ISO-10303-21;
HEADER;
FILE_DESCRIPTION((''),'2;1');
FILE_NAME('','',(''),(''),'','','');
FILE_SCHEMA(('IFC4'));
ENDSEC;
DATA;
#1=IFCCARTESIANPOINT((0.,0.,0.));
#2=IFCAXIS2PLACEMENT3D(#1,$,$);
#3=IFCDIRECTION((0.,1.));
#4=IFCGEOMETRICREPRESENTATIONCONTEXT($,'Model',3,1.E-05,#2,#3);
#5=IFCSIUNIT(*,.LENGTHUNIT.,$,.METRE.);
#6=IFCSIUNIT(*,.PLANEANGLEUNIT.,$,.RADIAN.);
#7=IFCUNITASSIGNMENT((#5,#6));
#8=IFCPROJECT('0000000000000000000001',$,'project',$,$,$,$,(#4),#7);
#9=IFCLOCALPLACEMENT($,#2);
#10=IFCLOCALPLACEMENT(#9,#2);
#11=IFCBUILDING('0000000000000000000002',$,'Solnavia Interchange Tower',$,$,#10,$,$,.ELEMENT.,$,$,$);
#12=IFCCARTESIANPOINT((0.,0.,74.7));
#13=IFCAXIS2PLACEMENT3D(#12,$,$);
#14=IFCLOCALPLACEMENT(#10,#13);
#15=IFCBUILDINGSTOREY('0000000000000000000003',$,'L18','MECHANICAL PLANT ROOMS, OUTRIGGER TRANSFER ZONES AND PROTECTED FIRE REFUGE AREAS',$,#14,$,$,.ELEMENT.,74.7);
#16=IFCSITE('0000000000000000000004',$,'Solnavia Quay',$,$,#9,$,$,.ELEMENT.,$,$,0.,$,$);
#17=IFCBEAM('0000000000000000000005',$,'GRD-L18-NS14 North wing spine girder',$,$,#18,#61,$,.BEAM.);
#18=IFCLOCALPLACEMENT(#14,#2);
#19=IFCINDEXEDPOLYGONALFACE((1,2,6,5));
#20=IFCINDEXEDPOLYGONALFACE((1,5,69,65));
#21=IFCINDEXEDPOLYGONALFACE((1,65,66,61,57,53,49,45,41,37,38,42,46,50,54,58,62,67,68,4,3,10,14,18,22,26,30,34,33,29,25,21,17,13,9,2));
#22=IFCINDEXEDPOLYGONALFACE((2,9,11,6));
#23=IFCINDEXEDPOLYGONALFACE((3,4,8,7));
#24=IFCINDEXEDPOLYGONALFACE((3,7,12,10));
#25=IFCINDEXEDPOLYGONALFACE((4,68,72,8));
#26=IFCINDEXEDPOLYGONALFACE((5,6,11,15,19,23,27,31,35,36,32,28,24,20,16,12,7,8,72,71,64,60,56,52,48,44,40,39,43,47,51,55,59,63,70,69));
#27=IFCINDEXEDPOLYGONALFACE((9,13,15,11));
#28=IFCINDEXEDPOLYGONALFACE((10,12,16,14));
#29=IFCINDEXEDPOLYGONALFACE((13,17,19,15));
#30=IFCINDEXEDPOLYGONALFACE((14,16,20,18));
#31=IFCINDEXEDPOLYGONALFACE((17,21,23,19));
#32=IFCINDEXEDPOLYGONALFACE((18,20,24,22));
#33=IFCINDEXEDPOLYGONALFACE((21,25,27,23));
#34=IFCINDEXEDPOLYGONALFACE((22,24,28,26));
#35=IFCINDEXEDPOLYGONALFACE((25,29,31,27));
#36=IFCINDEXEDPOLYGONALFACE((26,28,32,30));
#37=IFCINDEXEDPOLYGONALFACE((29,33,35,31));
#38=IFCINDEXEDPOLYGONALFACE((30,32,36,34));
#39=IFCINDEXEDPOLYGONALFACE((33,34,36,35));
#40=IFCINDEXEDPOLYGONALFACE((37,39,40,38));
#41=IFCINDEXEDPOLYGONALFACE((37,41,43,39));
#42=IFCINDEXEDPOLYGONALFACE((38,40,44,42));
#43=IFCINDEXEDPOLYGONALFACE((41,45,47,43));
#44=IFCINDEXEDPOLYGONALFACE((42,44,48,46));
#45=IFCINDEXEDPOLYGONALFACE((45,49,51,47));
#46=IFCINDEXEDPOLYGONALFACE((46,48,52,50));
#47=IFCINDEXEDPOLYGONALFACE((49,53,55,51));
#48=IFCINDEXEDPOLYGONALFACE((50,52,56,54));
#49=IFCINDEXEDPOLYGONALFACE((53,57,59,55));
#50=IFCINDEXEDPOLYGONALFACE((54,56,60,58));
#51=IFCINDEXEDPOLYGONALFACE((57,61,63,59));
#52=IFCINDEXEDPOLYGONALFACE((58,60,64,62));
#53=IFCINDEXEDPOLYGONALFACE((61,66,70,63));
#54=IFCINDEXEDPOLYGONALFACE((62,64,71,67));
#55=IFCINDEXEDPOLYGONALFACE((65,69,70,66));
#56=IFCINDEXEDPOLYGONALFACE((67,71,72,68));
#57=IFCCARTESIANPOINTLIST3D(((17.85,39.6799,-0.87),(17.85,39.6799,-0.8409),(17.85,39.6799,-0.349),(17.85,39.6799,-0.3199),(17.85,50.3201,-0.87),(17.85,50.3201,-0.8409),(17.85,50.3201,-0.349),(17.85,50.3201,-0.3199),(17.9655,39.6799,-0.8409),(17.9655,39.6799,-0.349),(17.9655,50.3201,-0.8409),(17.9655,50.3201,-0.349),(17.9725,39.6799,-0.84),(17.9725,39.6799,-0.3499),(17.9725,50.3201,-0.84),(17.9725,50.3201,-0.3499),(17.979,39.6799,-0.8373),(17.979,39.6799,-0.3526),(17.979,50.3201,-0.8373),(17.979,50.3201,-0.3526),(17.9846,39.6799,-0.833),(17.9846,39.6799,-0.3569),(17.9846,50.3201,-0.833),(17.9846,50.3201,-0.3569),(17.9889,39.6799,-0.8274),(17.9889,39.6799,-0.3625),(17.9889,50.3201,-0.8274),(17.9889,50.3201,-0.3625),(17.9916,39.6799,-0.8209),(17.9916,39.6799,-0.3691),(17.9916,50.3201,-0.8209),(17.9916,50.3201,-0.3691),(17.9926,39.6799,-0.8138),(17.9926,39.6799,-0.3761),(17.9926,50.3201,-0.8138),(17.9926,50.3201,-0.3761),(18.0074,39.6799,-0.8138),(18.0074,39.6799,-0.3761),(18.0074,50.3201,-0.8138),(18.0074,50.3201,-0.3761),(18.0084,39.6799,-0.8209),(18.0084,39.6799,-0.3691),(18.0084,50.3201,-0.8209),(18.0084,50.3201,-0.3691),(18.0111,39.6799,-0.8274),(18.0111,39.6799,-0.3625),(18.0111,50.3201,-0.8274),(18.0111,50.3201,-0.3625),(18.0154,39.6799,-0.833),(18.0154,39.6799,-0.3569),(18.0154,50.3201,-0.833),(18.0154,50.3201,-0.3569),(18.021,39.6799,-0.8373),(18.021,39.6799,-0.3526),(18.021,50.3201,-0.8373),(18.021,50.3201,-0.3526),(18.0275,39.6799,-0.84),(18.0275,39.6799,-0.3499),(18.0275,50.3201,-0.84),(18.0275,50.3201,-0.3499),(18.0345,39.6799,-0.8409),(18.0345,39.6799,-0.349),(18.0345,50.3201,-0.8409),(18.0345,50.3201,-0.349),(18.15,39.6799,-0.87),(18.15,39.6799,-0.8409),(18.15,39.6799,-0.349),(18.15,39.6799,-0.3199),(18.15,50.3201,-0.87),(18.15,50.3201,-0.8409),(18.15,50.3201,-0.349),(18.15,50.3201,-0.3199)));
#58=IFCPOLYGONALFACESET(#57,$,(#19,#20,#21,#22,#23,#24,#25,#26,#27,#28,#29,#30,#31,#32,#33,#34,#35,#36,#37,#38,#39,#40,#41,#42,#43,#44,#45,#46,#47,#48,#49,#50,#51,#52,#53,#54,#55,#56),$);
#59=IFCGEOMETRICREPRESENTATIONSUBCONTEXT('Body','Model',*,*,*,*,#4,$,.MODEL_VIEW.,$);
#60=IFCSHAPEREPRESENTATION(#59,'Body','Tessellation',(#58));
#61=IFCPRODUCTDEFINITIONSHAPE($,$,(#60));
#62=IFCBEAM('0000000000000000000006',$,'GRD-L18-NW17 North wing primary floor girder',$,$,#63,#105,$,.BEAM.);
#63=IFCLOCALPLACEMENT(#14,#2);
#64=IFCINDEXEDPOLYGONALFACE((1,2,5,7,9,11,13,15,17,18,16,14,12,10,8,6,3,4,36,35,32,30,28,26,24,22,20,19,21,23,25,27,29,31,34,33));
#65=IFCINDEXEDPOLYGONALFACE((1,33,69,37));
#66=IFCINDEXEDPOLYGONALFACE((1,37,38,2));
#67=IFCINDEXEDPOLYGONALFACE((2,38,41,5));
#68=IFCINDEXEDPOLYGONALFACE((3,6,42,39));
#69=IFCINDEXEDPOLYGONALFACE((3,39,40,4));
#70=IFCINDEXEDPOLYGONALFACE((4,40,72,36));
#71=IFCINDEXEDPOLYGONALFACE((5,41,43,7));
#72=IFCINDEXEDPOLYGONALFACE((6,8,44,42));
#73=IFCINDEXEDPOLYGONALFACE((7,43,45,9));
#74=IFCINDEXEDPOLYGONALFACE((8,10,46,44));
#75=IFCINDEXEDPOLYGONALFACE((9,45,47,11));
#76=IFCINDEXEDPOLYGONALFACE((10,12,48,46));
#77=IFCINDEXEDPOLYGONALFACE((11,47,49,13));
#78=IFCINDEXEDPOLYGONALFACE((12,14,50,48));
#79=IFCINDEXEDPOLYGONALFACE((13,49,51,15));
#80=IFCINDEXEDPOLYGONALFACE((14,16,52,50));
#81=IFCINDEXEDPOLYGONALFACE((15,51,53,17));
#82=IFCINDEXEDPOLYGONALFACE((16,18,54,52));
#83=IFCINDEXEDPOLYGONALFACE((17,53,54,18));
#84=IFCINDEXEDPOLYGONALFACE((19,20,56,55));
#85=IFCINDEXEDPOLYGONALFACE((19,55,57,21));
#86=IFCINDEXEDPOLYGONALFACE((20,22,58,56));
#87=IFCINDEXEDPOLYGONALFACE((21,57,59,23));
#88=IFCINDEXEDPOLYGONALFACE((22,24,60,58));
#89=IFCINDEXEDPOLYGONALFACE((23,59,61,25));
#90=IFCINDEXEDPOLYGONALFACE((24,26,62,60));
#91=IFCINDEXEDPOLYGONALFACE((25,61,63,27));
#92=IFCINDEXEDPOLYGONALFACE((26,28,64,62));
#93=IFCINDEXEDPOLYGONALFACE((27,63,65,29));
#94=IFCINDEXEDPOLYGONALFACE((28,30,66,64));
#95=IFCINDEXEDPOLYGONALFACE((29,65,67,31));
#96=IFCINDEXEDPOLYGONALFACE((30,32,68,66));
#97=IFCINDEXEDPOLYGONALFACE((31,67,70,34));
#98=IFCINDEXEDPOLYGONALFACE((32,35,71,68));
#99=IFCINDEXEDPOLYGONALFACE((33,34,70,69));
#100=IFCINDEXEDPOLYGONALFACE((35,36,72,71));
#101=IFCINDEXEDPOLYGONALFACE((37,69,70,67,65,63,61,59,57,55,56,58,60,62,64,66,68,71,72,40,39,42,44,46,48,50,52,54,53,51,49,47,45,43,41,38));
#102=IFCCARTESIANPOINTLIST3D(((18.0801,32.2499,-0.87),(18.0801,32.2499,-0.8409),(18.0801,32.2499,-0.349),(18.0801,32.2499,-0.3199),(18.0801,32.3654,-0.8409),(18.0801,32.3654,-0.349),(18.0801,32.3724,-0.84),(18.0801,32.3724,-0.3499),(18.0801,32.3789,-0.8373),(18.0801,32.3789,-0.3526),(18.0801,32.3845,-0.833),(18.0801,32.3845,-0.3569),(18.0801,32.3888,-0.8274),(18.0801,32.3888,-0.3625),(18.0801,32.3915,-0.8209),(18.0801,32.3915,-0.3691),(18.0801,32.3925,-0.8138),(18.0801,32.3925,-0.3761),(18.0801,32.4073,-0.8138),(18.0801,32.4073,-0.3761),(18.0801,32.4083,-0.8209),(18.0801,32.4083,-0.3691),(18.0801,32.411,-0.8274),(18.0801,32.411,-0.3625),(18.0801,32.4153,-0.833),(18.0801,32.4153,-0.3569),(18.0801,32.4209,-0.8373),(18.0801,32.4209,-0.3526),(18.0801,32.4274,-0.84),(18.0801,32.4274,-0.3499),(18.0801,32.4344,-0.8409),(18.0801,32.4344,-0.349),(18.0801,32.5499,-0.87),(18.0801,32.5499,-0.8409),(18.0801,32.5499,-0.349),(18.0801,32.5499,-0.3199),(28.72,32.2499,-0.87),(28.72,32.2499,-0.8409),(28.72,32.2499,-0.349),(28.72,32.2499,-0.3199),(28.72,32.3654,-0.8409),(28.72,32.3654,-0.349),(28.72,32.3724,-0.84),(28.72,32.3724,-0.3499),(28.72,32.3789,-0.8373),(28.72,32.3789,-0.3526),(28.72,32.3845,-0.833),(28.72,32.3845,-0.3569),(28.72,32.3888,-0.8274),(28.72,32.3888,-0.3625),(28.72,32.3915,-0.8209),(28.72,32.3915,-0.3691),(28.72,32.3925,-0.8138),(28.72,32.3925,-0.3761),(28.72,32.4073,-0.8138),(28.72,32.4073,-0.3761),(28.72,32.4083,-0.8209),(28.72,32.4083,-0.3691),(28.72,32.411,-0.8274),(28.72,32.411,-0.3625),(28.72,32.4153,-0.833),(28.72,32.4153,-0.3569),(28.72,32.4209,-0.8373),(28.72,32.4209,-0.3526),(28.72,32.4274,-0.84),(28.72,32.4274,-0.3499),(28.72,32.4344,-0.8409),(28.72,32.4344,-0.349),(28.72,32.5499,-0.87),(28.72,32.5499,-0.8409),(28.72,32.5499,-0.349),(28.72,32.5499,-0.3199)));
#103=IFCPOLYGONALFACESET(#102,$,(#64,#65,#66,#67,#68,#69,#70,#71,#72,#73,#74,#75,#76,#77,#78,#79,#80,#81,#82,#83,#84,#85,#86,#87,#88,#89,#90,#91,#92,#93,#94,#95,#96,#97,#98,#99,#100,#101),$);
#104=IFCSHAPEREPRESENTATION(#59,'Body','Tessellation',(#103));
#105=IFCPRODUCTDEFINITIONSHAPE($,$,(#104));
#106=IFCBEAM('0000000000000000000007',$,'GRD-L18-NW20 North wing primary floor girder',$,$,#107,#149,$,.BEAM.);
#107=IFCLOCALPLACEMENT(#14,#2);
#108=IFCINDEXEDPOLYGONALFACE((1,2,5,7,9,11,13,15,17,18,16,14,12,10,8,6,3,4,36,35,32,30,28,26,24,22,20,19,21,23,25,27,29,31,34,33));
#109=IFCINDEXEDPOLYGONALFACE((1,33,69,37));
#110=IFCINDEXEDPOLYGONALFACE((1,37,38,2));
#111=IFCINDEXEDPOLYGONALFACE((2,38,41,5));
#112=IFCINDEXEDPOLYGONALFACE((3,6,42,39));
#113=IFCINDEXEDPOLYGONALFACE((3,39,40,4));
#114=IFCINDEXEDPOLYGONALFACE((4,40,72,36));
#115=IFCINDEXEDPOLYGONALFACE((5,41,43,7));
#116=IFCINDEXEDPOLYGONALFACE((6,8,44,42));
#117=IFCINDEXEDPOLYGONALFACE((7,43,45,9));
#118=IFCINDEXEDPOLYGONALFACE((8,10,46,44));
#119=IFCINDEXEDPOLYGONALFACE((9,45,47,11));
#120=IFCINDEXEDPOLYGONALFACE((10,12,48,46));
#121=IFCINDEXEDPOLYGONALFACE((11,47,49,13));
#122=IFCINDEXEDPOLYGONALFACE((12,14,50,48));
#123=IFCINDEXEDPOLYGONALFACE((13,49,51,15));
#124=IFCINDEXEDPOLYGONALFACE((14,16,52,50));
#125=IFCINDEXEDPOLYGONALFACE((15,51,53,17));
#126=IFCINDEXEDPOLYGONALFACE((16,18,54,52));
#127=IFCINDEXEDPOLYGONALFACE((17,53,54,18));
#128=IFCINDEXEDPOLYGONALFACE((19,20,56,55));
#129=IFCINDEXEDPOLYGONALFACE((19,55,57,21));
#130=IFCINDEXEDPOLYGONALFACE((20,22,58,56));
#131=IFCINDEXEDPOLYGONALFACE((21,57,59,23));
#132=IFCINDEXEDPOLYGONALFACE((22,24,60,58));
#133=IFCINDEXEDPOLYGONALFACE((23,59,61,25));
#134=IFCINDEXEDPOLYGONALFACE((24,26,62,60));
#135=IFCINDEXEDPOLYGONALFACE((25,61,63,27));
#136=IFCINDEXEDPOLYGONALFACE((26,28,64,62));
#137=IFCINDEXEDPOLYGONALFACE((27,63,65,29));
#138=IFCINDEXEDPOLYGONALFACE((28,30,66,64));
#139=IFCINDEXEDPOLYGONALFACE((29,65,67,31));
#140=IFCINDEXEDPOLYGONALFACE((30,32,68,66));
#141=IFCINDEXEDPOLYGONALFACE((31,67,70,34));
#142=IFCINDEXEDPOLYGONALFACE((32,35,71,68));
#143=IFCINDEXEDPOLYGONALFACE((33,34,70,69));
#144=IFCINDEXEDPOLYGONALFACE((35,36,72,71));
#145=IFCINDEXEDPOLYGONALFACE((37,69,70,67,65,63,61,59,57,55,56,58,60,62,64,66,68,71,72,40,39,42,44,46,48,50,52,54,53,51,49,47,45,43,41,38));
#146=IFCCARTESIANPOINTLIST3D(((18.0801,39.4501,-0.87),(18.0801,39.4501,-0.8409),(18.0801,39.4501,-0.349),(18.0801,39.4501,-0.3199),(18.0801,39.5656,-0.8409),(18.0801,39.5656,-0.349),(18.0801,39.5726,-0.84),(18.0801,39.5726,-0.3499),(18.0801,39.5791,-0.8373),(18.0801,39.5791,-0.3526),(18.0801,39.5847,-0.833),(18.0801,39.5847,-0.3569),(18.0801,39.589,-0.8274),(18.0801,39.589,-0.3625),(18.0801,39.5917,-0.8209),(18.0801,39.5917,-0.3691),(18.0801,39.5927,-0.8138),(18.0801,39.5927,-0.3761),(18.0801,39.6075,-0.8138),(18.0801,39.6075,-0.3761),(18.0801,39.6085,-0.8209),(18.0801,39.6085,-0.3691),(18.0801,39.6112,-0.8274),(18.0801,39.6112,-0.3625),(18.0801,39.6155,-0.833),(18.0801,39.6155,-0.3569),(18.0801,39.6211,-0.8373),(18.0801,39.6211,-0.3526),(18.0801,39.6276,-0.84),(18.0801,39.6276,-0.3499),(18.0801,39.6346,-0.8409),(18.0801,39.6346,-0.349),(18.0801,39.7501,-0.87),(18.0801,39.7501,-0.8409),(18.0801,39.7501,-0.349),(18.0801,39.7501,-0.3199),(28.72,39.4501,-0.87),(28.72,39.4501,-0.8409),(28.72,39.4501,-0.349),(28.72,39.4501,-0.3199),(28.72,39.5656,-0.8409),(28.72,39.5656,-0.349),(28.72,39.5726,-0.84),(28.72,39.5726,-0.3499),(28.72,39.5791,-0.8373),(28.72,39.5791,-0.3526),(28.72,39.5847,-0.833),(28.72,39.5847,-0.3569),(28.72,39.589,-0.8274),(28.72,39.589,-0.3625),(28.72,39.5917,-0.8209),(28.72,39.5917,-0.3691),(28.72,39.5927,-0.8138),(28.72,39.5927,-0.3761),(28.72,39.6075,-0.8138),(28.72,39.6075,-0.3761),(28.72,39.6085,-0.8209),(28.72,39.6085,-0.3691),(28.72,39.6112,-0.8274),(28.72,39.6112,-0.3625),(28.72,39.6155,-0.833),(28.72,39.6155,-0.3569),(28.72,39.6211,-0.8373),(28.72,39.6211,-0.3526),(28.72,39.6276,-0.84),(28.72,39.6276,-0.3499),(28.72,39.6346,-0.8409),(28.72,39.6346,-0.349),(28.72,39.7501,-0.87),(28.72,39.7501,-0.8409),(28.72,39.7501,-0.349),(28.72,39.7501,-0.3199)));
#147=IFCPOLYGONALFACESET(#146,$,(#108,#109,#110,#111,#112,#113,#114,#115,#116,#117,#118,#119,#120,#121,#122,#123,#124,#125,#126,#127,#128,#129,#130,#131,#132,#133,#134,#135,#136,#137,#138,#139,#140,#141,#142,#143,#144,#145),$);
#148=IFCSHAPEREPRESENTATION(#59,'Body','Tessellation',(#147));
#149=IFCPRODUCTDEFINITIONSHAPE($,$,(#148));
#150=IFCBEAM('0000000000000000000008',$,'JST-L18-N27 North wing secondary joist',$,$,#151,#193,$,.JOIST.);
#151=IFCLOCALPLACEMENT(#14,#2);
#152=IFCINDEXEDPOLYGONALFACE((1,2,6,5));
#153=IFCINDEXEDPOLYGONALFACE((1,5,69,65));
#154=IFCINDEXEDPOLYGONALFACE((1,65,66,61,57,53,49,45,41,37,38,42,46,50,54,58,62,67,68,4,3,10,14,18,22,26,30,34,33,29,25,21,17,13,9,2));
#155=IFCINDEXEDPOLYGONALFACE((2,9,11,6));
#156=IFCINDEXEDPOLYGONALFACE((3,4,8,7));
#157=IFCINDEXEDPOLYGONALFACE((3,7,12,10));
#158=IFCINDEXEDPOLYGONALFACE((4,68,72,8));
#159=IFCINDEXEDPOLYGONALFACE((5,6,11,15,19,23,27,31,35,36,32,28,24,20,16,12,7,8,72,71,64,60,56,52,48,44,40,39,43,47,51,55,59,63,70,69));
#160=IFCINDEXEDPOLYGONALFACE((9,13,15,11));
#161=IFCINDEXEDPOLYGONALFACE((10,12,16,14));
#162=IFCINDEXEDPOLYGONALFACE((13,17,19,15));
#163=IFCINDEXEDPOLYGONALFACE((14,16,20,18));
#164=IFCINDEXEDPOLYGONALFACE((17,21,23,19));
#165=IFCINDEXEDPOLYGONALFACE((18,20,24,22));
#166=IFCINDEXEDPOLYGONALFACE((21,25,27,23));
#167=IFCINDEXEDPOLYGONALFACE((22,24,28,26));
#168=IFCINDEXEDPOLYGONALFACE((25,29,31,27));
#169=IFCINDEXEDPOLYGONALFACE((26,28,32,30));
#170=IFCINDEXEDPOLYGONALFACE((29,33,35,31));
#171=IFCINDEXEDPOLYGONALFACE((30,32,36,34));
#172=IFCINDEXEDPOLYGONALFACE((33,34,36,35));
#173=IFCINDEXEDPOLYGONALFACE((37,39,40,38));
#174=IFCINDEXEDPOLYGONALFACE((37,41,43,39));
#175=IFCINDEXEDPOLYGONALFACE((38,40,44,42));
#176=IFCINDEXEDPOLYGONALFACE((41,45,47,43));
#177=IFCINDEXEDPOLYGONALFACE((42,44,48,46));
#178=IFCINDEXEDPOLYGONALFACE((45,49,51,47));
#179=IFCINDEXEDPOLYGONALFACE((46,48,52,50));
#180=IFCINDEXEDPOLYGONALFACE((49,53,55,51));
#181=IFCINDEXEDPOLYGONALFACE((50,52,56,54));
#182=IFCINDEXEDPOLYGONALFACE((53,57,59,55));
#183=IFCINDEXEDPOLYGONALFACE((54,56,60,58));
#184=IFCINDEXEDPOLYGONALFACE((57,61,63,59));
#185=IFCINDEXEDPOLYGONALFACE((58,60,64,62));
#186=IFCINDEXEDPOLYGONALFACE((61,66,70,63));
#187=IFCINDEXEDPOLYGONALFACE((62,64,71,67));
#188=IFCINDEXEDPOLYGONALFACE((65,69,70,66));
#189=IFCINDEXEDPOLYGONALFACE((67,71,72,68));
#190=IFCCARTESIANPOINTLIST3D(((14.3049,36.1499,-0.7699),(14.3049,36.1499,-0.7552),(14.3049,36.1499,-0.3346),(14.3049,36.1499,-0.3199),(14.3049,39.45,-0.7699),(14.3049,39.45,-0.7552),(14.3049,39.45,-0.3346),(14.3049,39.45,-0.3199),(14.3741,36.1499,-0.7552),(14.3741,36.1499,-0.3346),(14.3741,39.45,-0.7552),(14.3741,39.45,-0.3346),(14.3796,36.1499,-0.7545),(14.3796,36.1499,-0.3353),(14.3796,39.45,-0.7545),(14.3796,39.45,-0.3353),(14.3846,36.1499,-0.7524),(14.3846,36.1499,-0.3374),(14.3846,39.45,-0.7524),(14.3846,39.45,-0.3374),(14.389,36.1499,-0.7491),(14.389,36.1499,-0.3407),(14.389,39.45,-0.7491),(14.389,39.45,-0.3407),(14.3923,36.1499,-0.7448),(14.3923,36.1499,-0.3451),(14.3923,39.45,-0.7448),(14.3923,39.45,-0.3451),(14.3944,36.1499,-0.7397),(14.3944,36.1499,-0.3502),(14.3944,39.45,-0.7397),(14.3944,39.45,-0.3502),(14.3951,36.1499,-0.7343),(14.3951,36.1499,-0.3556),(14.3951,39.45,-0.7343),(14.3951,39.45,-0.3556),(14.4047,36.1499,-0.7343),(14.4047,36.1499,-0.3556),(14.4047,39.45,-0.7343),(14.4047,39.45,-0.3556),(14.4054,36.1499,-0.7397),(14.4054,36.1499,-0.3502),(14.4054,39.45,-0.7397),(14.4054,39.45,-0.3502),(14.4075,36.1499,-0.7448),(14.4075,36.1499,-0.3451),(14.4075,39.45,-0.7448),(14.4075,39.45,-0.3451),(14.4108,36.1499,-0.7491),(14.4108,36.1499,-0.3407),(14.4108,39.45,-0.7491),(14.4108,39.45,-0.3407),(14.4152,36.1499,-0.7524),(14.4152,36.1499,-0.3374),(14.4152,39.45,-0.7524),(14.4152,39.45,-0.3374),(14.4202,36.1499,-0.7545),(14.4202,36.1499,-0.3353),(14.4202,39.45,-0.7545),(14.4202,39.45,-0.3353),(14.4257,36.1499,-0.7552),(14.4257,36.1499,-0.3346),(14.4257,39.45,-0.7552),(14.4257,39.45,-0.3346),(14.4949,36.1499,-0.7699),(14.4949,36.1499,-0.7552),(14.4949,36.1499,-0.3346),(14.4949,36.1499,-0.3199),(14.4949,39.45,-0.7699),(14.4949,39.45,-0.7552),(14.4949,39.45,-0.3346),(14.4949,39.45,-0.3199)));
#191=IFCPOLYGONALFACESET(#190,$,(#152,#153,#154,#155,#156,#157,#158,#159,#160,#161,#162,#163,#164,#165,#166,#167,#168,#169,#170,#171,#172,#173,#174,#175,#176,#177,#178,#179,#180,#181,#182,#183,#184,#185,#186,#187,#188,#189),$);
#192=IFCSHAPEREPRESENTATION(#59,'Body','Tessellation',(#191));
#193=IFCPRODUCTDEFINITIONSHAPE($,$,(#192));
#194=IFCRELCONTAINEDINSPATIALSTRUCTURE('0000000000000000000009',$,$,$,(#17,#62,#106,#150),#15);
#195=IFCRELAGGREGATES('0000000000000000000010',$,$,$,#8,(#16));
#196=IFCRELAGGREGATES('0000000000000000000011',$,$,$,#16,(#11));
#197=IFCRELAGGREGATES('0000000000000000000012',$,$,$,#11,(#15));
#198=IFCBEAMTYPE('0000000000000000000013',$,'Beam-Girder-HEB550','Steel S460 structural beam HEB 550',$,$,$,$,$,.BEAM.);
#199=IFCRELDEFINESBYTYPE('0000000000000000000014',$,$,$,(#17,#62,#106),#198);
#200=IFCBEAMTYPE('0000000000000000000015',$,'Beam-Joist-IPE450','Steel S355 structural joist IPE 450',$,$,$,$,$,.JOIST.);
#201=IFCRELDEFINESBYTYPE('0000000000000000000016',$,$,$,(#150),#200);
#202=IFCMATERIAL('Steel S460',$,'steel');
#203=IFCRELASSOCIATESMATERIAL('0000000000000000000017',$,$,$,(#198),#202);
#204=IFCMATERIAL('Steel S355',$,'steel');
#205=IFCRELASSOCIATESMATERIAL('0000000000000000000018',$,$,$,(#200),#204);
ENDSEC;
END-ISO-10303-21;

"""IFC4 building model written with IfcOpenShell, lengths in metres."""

from ifc_helpers import new_model, si_unit, direction, frame, origin, origin_2d, place, context, subcontext, project, spatial, i_section, extrude, material, material_profile, profile_set, type_object, element, save


model = new_model("IFC4")

# Units and contexts
model_context = context("Model", 3, precision=1e-05, world=origin(), true_north=direction((0.0, 1.0)))
body_context = subcontext(model_context, "Body", "Model", "MODEL_VIEW")
ifc_project = project(units=[si_unit("LENGTHUNIT", "METRE"), si_unit("PLANEANGLEUNIT", "RADIAN")], contexts=[model_context])

# Site, building, storey
site_placement = place(None, origin())
site = spatial("IfcSite", under=ifc_project, at=site_placement, Name="Solnavia Quay", CompositionType="ELEMENT", RefElevation=0.0)
building_placement = place(site_placement, origin())
building = spatial("IfcBuilding", under=site, at=building_placement, Name="Solnavia Interchange Tower", CompositionType="ELEMENT")
storey_placement = place(building_placement, frame((0.0, 0.0, 74.7)))
storey = spatial("IfcBuildingStorey", under=building, at=storey_placement, Name="L18", Description="MECHANICAL PLANT ROOMS, OUTRIGGER TRANSFER ZONES AND PROTECTED FIRE REFUGE AREAS", CompositionType="ELEMENT", Elevation=74.7)

# Shared definitions
ifc_material_1 = material(Name="Steel S355", Category="steel")

# Beams
ifc_material_2 = material(Name="Steel S460", Category="steel")
ifc_material_profile_1 = material_profile(ifc_material_2, i_section(OverallWidth=0.3, OverallDepth=0.55, WebThickness=0.0149, FlangeThickness=0.0291, FilletRadius=0.0271, at=origin_2d()), Name="HEB 550")
ifc_profile_set_1 = profile_set([ifc_material_profile_1], Name="Steel S460")
beam_type_1 = type_object("IfcBeamType", Name="Beam-Girder-HEB550", Description="Steel S460 structural beam HEB 550", PredefinedType="BEAM", material=ifc_profile_set_1)
beam_1_placement = place(storey_placement, frame((18.0, 39.6799, -0.595), z_axis=(0.0, 1.0, 0.0), x_axis=(-1.0, 0.0, 0.0)))
element("IfcBeam", 1, at=beam_1_placement, inside=storey, type_object=beam_type_1, Name="GRD-L18-NS14 North wing spine girder", PredefinedType="BEAM", context=body_context, shape_type="SweptSolid", body=[
    extrude(i_section(OverallWidth=0.3, OverallDepth=0.55, WebThickness=0.0149, FlangeThickness=0.0291, FilletRadius=0.0271, at=origin_2d()), origin(), (0.0, 0.0, 1.0), 10.6401),
])
for number, where, z_axis, x_axis, name in (
    (2, (18.0801, 32.3999, -0.595), (1.0, 0.0, 0.0), (0.0, 1.0, 0.0), "GRD-L18-NW17 North wing primary floor girder"),
    (3, (18.0801, 39.6001, -0.595), (1.0, 0.0, 0.0), (0.0, 1.0, 0.0), "GRD-L18-NW20 North wing primary floor girder"),
):
    element("IfcBeam", number, at=place(storey_placement, frame(where, z_axis=z_axis, x_axis=x_axis)), inside=storey, type_object=beam_type_1, Name=name, PredefinedType="BEAM", context=body_context, shape_type="SweptSolid", body=[
        extrude(i_section(OverallWidth=0.3, OverallDepth=0.55, WebThickness=0.0149, FlangeThickness=0.0291, FilletRadius=0.0271, at=origin_2d()), origin(), (0.0, 0.0, 1.0), 10.6399),
    ])
ifc_material_profile_2 = material_profile(ifc_material_1, i_section(OverallWidth=0.1899, OverallDepth=0.45, WebThickness=0.0095, FlangeThickness=0.0146, FilletRadius=0.021, at=origin_2d()), Name="IPE 450")
ifc_profile_set_2 = profile_set([ifc_material_profile_2], Name="Steel S355")
beam_type_2 = type_object("IfcBeamType", Name="Beam-Joist-IPE450", Description="Steel S355 structural joist IPE 450", PredefinedType="JOIST", material=ifc_profile_set_2)
for number, where, z_axis, x_axis, name in (
    (4, (14.3999, 36.1499, -0.5449), (0.0, 1.0, 0.0), (-1.0, 0.0, 0.0), "JST-L18-N27 North wing secondary joist"),
):
    element("IfcBeam", number, at=place(storey_placement, frame(where, z_axis=z_axis, x_axis=x_axis)), inside=storey, type_object=beam_type_2, Name=name, PredefinedType="JOIST", context=body_context, shape_type="SweptSolid", body=[
        extrude(i_section(OverallWidth=0.1899, OverallDepth=0.45, WebThickness=0.0095, FlangeThickness=0.0146, FilletRadius=0.021, at=origin_2d()), origin(), (0.0, 0.0, 1.0), 3.3),
    ])

save(model, "model.ifc")
